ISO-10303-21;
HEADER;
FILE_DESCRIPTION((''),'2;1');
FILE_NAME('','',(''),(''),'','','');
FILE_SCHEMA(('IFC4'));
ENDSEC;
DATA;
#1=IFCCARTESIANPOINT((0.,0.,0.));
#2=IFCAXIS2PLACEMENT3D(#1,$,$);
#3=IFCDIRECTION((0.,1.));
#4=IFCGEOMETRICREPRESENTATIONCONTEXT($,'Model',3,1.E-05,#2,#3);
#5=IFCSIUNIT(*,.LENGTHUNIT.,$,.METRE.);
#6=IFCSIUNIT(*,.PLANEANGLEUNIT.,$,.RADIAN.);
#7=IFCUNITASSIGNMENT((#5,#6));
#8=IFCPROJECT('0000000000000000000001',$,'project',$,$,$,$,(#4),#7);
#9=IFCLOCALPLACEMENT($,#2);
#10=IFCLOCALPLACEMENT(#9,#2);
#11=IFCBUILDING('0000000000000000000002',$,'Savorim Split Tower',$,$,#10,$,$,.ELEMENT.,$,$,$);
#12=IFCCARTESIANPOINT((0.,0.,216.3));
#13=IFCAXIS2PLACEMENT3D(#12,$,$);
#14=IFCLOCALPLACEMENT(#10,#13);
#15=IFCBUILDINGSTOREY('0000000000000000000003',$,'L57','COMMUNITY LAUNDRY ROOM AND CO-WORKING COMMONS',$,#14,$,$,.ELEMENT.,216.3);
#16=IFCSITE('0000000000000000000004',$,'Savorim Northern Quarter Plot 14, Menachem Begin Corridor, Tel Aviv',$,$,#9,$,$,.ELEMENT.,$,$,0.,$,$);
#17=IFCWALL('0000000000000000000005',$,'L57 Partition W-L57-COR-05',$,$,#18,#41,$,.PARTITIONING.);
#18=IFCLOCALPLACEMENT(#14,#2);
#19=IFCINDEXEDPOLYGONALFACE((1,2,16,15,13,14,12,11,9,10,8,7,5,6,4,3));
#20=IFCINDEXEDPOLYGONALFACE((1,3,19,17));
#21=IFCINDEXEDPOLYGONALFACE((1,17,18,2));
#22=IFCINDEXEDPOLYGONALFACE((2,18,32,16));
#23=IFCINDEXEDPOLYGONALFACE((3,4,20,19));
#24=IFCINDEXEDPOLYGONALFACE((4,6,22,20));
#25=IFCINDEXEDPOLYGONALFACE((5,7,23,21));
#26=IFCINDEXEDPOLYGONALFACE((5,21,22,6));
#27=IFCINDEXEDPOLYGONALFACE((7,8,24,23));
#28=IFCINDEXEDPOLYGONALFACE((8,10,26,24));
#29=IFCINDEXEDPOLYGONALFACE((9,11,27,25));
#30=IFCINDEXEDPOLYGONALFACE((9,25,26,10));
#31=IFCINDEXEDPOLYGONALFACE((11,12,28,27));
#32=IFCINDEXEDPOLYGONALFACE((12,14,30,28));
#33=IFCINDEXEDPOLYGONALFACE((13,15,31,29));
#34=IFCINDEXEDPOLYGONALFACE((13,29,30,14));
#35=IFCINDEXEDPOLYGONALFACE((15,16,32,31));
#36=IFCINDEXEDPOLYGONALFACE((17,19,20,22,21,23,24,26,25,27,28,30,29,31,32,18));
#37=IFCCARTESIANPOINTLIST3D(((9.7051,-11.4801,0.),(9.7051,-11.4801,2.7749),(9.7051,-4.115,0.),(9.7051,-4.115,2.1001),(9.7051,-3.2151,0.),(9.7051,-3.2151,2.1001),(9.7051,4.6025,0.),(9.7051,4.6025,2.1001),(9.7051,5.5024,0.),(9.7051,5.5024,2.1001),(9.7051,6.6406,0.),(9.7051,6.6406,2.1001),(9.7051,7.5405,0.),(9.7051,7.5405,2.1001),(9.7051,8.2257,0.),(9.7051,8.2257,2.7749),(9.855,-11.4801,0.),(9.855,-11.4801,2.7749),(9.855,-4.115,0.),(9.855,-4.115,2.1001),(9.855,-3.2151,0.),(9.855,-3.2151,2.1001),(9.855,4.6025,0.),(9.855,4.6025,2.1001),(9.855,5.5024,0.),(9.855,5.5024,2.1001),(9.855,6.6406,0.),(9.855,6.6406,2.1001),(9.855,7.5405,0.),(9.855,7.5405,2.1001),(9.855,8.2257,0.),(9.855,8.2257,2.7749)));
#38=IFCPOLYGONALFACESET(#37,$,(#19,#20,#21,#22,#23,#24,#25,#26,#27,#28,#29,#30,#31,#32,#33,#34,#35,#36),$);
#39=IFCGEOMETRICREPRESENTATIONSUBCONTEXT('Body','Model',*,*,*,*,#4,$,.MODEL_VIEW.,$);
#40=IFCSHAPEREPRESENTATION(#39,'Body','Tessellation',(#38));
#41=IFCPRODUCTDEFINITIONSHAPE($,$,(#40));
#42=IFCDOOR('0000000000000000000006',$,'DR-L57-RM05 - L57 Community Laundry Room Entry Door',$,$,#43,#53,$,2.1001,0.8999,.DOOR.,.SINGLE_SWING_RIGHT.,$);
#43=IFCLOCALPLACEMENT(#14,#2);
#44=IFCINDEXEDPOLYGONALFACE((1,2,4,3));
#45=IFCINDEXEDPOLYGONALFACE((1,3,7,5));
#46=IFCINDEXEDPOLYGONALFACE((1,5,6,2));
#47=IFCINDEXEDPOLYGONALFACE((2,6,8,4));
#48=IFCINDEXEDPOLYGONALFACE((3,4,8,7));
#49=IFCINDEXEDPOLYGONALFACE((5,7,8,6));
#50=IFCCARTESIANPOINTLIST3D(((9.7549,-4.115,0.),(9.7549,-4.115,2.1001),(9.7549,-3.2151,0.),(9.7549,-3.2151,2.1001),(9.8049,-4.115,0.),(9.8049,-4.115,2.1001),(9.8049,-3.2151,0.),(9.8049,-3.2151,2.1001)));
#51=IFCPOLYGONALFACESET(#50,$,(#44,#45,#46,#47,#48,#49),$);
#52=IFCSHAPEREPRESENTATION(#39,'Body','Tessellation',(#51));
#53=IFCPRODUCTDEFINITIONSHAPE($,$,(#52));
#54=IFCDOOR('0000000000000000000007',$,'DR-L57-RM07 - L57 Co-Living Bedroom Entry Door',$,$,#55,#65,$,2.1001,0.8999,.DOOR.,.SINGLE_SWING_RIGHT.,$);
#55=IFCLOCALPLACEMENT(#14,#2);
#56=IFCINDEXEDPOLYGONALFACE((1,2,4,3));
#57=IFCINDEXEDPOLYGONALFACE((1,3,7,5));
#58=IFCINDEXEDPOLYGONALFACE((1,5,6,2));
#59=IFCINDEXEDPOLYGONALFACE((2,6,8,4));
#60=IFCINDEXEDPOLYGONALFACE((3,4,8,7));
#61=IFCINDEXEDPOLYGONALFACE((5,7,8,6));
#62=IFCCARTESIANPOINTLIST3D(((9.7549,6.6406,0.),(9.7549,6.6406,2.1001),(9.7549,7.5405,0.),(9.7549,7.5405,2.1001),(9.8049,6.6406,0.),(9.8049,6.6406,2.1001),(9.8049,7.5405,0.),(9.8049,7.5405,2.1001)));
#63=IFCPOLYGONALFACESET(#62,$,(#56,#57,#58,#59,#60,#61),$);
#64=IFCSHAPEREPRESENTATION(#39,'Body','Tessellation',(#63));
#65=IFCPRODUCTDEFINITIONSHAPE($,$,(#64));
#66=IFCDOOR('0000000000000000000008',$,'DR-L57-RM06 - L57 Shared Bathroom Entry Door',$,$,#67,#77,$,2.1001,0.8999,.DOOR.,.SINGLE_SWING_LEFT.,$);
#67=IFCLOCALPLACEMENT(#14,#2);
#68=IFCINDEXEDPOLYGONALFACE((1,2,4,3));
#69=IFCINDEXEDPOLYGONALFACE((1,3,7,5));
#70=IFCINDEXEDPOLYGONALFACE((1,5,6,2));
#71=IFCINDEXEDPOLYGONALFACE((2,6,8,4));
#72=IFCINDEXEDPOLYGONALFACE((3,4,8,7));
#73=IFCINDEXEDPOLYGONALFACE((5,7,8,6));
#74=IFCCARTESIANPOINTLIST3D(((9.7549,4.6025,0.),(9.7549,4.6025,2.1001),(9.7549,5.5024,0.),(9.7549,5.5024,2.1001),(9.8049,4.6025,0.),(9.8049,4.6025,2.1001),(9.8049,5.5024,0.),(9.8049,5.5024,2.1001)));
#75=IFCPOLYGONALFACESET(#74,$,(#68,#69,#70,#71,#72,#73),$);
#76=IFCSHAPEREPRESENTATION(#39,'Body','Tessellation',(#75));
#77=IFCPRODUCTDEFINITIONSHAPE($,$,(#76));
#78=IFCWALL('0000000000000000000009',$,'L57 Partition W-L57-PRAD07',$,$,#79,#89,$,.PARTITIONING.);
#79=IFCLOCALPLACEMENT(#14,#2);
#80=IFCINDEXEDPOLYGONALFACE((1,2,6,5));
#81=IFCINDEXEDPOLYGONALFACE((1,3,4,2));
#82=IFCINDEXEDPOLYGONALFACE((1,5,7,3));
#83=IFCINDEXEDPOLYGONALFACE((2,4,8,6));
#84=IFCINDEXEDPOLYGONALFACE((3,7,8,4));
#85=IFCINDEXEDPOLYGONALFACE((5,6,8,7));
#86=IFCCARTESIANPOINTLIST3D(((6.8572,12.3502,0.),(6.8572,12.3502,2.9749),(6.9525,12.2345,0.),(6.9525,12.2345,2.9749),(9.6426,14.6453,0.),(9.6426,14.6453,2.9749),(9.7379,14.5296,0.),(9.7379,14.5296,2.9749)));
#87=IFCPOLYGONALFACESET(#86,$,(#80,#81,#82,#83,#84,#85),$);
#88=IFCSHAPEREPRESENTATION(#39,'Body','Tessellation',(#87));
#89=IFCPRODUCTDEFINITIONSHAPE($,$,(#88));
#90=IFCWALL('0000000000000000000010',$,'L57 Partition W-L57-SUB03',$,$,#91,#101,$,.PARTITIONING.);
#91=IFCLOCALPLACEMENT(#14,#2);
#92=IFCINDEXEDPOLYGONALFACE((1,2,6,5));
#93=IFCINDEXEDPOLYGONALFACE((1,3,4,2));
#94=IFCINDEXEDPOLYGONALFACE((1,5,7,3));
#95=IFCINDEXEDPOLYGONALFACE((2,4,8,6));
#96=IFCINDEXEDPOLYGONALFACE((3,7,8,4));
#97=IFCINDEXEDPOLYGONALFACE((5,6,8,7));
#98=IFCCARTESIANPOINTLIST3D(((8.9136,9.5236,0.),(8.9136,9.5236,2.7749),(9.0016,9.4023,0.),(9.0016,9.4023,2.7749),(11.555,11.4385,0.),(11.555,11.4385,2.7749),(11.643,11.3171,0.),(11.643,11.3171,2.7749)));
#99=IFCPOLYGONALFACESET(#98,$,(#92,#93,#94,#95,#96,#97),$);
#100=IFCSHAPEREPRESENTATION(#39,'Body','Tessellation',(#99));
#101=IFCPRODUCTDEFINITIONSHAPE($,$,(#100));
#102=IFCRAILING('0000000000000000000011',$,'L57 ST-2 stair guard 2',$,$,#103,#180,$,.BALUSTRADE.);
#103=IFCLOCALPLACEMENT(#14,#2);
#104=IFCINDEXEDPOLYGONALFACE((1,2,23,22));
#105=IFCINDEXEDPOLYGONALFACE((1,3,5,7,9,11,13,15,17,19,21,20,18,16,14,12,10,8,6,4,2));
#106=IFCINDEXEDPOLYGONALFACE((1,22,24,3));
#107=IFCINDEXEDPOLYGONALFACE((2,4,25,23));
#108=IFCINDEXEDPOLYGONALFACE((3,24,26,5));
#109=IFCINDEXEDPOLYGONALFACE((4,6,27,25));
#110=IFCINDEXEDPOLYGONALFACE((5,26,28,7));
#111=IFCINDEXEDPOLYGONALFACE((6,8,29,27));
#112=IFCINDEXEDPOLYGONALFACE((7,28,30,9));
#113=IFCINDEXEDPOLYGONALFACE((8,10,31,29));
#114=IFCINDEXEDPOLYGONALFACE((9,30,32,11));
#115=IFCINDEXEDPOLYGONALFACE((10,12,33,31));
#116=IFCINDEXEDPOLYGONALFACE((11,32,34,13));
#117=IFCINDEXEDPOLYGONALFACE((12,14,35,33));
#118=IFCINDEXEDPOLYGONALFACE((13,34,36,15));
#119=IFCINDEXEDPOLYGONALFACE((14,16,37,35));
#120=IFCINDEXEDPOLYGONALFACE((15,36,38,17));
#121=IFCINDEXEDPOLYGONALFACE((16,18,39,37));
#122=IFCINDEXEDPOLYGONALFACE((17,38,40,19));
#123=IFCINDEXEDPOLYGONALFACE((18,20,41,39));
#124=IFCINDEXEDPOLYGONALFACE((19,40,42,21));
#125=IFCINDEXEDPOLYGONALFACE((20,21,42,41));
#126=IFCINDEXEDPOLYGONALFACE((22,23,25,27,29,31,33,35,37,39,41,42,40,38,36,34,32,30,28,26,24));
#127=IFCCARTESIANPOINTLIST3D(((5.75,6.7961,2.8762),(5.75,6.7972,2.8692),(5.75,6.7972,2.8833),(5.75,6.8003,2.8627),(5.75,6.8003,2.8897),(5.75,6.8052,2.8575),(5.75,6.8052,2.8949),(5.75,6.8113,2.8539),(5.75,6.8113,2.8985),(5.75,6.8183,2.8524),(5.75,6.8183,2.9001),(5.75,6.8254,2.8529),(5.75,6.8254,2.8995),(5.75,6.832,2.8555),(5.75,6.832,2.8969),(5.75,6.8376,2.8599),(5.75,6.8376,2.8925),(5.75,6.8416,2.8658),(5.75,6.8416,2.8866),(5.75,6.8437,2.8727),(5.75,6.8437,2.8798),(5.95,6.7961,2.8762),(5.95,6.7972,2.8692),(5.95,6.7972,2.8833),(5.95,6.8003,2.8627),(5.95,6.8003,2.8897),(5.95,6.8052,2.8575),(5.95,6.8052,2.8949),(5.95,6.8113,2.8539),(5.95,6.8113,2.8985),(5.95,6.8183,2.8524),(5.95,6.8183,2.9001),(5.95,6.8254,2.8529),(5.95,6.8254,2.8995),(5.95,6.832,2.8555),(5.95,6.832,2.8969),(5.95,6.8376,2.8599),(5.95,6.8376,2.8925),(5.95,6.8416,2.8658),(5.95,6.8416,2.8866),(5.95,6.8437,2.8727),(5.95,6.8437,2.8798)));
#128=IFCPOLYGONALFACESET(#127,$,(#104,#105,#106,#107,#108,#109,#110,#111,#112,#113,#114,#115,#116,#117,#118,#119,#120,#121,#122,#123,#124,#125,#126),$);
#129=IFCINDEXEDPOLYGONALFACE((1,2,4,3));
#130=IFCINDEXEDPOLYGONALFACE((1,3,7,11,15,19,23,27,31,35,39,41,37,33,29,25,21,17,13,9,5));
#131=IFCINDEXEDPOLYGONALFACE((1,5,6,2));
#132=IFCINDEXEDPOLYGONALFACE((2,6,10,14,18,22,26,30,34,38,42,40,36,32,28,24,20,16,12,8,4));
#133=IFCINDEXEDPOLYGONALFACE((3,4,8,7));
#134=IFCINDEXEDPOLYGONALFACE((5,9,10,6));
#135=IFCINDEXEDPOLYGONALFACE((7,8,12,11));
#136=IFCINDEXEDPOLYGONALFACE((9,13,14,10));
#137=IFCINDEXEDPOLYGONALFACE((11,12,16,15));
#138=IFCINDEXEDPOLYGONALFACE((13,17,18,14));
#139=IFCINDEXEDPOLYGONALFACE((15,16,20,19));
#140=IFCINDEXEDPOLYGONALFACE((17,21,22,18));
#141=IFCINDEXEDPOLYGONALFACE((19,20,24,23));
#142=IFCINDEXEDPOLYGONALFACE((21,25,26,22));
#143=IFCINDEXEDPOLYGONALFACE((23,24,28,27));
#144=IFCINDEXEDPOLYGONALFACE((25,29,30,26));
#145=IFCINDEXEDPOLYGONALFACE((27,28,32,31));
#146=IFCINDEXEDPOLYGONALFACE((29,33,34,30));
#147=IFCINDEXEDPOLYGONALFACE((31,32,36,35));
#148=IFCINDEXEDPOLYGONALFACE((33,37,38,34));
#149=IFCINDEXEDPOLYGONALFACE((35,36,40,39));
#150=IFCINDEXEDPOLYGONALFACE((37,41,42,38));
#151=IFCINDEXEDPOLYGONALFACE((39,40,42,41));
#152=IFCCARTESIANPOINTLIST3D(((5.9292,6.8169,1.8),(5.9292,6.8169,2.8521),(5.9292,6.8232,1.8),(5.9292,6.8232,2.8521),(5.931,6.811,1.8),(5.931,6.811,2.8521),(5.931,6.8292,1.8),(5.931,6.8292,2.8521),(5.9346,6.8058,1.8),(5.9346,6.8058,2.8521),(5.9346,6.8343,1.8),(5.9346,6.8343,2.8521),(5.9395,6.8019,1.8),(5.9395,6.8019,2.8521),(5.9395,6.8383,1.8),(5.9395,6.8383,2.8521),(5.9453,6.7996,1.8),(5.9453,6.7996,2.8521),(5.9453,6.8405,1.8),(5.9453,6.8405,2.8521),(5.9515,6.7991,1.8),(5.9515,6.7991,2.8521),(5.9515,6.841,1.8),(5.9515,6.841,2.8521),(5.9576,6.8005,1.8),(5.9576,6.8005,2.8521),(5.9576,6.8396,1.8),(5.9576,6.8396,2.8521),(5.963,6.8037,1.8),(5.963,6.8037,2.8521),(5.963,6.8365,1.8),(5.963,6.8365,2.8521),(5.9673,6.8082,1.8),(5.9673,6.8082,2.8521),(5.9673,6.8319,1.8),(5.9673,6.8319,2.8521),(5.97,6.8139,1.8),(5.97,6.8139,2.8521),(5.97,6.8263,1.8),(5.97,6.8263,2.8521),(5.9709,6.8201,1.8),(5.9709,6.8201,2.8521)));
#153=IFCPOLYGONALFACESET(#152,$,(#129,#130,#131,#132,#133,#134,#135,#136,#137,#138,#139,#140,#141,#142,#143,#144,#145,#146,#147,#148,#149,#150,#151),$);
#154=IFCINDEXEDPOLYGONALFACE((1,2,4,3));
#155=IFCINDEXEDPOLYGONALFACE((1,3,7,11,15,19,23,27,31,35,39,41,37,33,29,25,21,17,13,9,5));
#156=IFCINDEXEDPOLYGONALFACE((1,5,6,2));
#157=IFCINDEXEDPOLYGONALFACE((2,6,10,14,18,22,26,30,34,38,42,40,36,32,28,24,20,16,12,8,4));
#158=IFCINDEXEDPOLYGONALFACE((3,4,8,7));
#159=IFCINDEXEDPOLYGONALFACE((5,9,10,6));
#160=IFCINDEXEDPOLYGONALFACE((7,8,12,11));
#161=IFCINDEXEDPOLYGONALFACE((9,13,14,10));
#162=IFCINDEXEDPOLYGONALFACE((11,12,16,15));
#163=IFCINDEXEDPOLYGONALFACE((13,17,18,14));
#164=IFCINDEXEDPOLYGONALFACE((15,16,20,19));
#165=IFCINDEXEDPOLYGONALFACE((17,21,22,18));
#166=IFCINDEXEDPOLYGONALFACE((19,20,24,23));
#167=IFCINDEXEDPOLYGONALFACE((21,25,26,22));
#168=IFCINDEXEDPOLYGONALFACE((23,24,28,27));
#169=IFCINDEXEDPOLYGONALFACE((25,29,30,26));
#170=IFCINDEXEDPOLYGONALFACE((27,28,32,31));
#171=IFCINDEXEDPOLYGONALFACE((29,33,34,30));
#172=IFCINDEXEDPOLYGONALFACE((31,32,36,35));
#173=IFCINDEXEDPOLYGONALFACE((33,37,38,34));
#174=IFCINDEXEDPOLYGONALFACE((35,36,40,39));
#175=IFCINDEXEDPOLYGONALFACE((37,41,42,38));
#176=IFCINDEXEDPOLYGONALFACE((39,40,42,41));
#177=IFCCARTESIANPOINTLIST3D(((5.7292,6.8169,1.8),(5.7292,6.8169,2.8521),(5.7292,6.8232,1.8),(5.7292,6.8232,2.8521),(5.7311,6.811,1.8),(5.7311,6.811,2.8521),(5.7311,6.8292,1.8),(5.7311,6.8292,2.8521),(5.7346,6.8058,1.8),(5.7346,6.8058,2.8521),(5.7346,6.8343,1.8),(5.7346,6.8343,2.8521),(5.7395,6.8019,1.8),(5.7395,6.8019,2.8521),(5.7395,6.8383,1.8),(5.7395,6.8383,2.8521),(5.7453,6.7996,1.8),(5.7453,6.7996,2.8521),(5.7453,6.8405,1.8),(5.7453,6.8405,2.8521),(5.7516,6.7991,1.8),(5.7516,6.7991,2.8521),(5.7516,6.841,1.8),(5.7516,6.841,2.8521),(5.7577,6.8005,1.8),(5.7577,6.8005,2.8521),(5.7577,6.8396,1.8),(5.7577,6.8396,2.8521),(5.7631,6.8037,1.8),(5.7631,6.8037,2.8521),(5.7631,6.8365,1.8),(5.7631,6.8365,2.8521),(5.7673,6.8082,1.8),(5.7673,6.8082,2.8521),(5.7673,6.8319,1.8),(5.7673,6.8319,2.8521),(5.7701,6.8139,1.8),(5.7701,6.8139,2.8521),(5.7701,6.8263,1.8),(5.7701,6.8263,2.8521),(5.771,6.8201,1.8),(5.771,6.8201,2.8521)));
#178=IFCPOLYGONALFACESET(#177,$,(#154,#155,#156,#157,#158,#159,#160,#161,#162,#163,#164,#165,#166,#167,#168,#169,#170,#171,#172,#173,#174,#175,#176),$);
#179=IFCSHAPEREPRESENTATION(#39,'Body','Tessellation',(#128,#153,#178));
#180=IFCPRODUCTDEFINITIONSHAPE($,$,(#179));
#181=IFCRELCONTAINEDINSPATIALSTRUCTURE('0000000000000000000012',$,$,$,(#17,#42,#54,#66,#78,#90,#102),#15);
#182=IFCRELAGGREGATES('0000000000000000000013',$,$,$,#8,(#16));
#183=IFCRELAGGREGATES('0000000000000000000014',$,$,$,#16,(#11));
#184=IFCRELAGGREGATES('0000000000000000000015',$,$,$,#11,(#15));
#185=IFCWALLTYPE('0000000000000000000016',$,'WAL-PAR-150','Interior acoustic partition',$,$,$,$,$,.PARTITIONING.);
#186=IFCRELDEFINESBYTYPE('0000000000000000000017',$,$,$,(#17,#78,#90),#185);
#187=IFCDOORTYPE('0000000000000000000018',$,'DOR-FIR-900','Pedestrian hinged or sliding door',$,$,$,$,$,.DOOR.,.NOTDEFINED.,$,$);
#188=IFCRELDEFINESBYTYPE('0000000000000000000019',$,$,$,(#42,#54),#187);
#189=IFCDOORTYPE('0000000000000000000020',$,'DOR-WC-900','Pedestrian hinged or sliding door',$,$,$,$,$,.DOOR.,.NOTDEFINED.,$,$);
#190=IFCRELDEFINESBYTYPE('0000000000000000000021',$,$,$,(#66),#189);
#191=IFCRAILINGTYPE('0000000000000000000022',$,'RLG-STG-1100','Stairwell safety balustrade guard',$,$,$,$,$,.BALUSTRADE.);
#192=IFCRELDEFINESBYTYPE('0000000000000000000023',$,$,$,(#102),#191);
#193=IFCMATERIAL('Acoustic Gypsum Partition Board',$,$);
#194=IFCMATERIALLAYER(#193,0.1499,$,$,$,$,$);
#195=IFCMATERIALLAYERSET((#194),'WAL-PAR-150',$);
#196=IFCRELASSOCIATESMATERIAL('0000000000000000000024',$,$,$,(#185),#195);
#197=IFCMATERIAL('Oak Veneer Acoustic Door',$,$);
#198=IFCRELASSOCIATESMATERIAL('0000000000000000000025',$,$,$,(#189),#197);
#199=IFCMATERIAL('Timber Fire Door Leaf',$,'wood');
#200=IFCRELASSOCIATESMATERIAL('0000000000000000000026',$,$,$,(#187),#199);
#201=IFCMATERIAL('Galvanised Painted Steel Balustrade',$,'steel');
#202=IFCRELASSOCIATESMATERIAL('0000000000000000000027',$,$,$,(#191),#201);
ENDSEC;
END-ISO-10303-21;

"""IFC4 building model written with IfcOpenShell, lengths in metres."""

from ifc_helpers import new_model, si_unit, direction, frame, frame_2d, origin, origin_2d, place, context, subcontext, project, spatial, rectangle, circle, extrude, material, layer, layer_set, type_object, element, fill, save


model = new_model("IFC4")

# Units and contexts
model_context = context("Model", 3, precision=1e-05, world=origin(), true_north=direction((0.0, 1.0)))
body_context = subcontext(model_context, "Body", "Model", "MODEL_VIEW")
ifc_project = project(units=[si_unit("LENGTHUNIT", "METRE"), si_unit("PLANEANGLEUNIT", "RADIAN")], contexts=[model_context])

# Site, building, storey
site_placement = place(None, origin())
site = spatial("IfcSite", under=ifc_project, at=site_placement, Name="Savorim Northern Quarter Plot 14, Menachem Begin Corridor, Tel Aviv", CompositionType="ELEMENT", RefElevation=0.0)
building_placement = place(site_placement, origin())
building = spatial("IfcBuilding", under=site, at=building_placement, Name="Savorim Split Tower", CompositionType="ELEMENT")
storey_placement = place(building_placement, frame((0.0, 0.0, 216.3)))
storey = spatial("IfcBuildingStorey", under=building, at=storey_placement, Name="L57", Description="COMMUNITY LAUNDRY ROOM AND CO-WORKING COMMONS", CompositionType="ELEMENT", Elevation=216.3)

# Shared definitions
ifc_material_1 = material(Name="Timber Fire Door Leaf", Category="wood")

# Shared definitions
ifc_material_2 = material(Name="Acoustic Gypsum Partition Board")
ifc_layer_1 = layer(ifc_material_2, 0.1499)
ifc_layer_set_1 = layer_set([ifc_layer_1], Name="WAL-PAR-150")
wall_type_1 = type_object("IfcWallType", Name="WAL-PAR-150", Description="Interior acoustic partition", PredefinedType="PARTITIONING", material=ifc_layer_set_1)
ifc_material_3 = material(Name="Oak Veneer Acoustic Door")
door_type_1 = type_object("IfcDoorType", Name="DOR-WC-900", Description="Pedestrian hinged or sliding door", OperationType="NOTDEFINED", PredefinedType="DOOR", material=ifc_material_3)

# Wall, openings, doors
wall_1_placement = place(storey_placement, frame((9.78, 8.2258, 0.0), z_axis=(0.0, 0.0, 1.0), x_axis=(0.0, -1.0, 0.0)))
wall_1 = element("IfcWall", 1, at=wall_1_placement, inside=storey, type_object=wall_type_1, Name="L57 Partition W-L57-COR-05", PredefinedType="PARTITIONING", context=body_context, shape_type="SweptSolid", body=[
    extrude(rectangle(XDim=19.7058, YDim=0.1499, at=frame_2d((9.853, 0.0))), origin(), (0.0, 0.0, 1.0), 2.7749),
])
opening_1_placement = place(wall_1_placement, frame((11.4409, 0.0, 0.0)))
opening_1 = element("IfcOpeningElement", 2, at=opening_1_placement, cuts=wall_1, PredefinedType="OPENING", context=body_context, shape_type="SweptSolid", body=[
    extrude(rectangle(XDim=0.8999, YDim=2.1001, at=frame_2d((0.45, 1.05))), frame((0.0, 0.085, 0.0), z_axis=(0.0, -1.0, 0.0), x_axis=(1.0, 0.0, 0.0)), (0.0, 0.0, 1.0), 0.1699),
])
opening_2_placement = place(wall_1_placement, frame((2.7234, 0.0, 0.0)))
opening_2 = element("IfcOpeningElement", 3, at=opening_2_placement, cuts=wall_1, PredefinedType="OPENING", context=body_context, shape_type="SweptSolid", body=[
    extrude(rectangle(XDim=0.8999, YDim=2.1001, at=frame_2d((0.45, 1.05))), frame((0.0, 0.085, 0.0), z_axis=(0.0, -1.0, 0.0), x_axis=(1.0, 0.0, 0.0)), (0.0, 0.0, 1.0), 0.1699),
])
opening_3_placement = place(wall_1_placement, frame((0.6853, 0.0, 0.0)))
opening_3 = element("IfcOpeningElement", 4, at=opening_3_placement, cuts=wall_1, PredefinedType="OPENING", context=body_context, shape_type="SweptSolid", body=[
    extrude(rectangle(XDim=0.8999, YDim=2.1001, at=frame_2d((0.45, 1.05))), frame((0.0, 0.085, 0.0), z_axis=(0.0, -1.0, 0.0), x_axis=(1.0, 0.0, 0.0)), (0.0, 0.0, 1.0), 0.1699),
])
door_type_2 = type_object("IfcDoorType", Name="DOR-FIR-900", Description="Pedestrian hinged or sliding door", OperationType="NOTDEFINED", PredefinedType="DOOR", material=ifc_material_1)
door_1_placement = place(opening_1_placement, origin())
door_1 = element("IfcDoor", 5, at=door_1_placement, inside=storey, type_object=door_type_2, Name="DR-L57-RM05 - L57 Community Laundry Room Entry Door", OperationType="SINGLE_SWING_RIGHT", OverallHeight=2.1001, OverallWidth=0.8999, PredefinedType="DOOR", context=body_context, shape_type="SweptSolid", body=[
    extrude(rectangle(XDim=0.8999, YDim=2.1001, at=frame_2d((0.45, 1.05))), frame((0.0, 0.0249, 0.0), z_axis=(0.0, -1.0, 0.0), x_axis=(1.0, 0.0, 0.0)), (0.0, 0.0, 1.0), 0.05),
])
fill(opening_1, door_1)
door_2_placement = place(opening_3_placement, origin())
door_2 = element("IfcDoor", 6, at=door_2_placement, inside=storey, type_object=door_type_2, Name="DR-L57-RM07 - L57 Co-Living Bedroom Entry Door", OperationType="SINGLE_SWING_RIGHT", OverallHeight=2.1001, OverallWidth=0.8999, PredefinedType="DOOR", context=body_context, shape_type="SweptSolid", body=[
    extrude(rectangle(XDim=0.8999, YDim=2.1001, at=frame_2d((0.45, 1.05))), frame((0.0, 0.0249, 0.0), z_axis=(0.0, -1.0, 0.0), x_axis=(1.0, 0.0, 0.0)), (0.0, 0.0, 1.0), 0.05),
])
fill(opening_3, door_2)
door_3_placement = place(opening_2_placement, origin())
door_3 = element("IfcDoor", 7, at=door_3_placement, inside=storey, type_object=door_type_1, Name="DR-L57-RM06 - L57 Shared Bathroom Entry Door", OperationType="SINGLE_SWING_LEFT", OverallHeight=2.1001, OverallWidth=0.8999, PredefinedType="DOOR", context=body_context, shape_type="SweptSolid", body=[
    extrude(rectangle(XDim=0.8999, YDim=2.1001, at=frame_2d((0.45, 1.05))), frame((0.0, 0.0249, 0.0), z_axis=(0.0, -1.0, 0.0), x_axis=(1.0, 0.0, 0.0)), (0.0, 0.0, 1.0), 0.05),
])
fill(opening_2, door_3)

# Walls
wall_2_placement = place(storey_placement, frame((6.9048, 12.2922, 0.0), z_axis=(0.0, 0.0, 1.0), x_axis=(0.771753, 0.635923, 0.0)))
element("IfcWall", 8, at=wall_2_placement, inside=storey, type_object=wall_type_1, Name="L57 Partition W-L57-PRAD07", PredefinedType="PARTITIONING", context=body_context, shape_type="SweptSolid", body=[
    extrude(rectangle(XDim=3.6091, YDim=0.1499, at=frame_2d((1.8047, 0.0))), origin(), (0.0, 0.0, 1.0), 2.9749),
])
wall_3_placement = place(storey_placement, frame((8.9575, 9.4629, 0.0), z_axis=(0.0, 0.0, 1.0), x_axis=(0.809638, 0.58693, 0.0)))
element("IfcWall", 9, at=wall_3_placement, inside=storey, type_object=wall_type_1, Name="L57 Partition W-L57-SUB03", PredefinedType="PARTITIONING", context=body_context, shape_type="SweptSolid", body=[
    extrude(rectangle(XDim=3.2625, YDim=0.1499, at=frame_2d((1.6313, 0.0))), origin(), (0.0, 0.0, 1.0), 2.7749),
])

# Railing
ifc_material_4 = material(Name="Galvanised Painted Steel Balustrade", Category="steel")
railing_type = type_object("IfcRailingType", Name="RLG-STG-1100", Description="Stairwell safety balustrade guard", PredefinedType="BALUSTRADE", material=ifc_material_4)
railing_1_placement = place(storey_placement, frame((5.95, 6.8201, 1.8)))
element("IfcRailing", 10, at=railing_1_placement, inside=storey, type_object=railing_type, Name="L57 ST-2 stair guard 2", PredefinedType="BALUSTRADE", context=body_context, shape_type="SweptSolid", body=[
    extrude(circle(Radius=0.0239, at=origin_2d()), frame((0.0, 0.0, 1.0762), z_axis=(-1.0, 0.0, 0.0), x_axis=(0.0, -1.0, 0.0)), (0.0, 0.0, 1.0), 0.2),
    extrude(circle(Radius=0.021, at=origin_2d()), origin(), (0.0, 0.0, 1.0), 1.052),
    extrude(circle(Radius=0.021, at=origin_2d()), frame((-0.2, 0.0, 0.0)), (0.0, 0.0, 1.0), 1.052),
])

save(model, "model.ifc")
